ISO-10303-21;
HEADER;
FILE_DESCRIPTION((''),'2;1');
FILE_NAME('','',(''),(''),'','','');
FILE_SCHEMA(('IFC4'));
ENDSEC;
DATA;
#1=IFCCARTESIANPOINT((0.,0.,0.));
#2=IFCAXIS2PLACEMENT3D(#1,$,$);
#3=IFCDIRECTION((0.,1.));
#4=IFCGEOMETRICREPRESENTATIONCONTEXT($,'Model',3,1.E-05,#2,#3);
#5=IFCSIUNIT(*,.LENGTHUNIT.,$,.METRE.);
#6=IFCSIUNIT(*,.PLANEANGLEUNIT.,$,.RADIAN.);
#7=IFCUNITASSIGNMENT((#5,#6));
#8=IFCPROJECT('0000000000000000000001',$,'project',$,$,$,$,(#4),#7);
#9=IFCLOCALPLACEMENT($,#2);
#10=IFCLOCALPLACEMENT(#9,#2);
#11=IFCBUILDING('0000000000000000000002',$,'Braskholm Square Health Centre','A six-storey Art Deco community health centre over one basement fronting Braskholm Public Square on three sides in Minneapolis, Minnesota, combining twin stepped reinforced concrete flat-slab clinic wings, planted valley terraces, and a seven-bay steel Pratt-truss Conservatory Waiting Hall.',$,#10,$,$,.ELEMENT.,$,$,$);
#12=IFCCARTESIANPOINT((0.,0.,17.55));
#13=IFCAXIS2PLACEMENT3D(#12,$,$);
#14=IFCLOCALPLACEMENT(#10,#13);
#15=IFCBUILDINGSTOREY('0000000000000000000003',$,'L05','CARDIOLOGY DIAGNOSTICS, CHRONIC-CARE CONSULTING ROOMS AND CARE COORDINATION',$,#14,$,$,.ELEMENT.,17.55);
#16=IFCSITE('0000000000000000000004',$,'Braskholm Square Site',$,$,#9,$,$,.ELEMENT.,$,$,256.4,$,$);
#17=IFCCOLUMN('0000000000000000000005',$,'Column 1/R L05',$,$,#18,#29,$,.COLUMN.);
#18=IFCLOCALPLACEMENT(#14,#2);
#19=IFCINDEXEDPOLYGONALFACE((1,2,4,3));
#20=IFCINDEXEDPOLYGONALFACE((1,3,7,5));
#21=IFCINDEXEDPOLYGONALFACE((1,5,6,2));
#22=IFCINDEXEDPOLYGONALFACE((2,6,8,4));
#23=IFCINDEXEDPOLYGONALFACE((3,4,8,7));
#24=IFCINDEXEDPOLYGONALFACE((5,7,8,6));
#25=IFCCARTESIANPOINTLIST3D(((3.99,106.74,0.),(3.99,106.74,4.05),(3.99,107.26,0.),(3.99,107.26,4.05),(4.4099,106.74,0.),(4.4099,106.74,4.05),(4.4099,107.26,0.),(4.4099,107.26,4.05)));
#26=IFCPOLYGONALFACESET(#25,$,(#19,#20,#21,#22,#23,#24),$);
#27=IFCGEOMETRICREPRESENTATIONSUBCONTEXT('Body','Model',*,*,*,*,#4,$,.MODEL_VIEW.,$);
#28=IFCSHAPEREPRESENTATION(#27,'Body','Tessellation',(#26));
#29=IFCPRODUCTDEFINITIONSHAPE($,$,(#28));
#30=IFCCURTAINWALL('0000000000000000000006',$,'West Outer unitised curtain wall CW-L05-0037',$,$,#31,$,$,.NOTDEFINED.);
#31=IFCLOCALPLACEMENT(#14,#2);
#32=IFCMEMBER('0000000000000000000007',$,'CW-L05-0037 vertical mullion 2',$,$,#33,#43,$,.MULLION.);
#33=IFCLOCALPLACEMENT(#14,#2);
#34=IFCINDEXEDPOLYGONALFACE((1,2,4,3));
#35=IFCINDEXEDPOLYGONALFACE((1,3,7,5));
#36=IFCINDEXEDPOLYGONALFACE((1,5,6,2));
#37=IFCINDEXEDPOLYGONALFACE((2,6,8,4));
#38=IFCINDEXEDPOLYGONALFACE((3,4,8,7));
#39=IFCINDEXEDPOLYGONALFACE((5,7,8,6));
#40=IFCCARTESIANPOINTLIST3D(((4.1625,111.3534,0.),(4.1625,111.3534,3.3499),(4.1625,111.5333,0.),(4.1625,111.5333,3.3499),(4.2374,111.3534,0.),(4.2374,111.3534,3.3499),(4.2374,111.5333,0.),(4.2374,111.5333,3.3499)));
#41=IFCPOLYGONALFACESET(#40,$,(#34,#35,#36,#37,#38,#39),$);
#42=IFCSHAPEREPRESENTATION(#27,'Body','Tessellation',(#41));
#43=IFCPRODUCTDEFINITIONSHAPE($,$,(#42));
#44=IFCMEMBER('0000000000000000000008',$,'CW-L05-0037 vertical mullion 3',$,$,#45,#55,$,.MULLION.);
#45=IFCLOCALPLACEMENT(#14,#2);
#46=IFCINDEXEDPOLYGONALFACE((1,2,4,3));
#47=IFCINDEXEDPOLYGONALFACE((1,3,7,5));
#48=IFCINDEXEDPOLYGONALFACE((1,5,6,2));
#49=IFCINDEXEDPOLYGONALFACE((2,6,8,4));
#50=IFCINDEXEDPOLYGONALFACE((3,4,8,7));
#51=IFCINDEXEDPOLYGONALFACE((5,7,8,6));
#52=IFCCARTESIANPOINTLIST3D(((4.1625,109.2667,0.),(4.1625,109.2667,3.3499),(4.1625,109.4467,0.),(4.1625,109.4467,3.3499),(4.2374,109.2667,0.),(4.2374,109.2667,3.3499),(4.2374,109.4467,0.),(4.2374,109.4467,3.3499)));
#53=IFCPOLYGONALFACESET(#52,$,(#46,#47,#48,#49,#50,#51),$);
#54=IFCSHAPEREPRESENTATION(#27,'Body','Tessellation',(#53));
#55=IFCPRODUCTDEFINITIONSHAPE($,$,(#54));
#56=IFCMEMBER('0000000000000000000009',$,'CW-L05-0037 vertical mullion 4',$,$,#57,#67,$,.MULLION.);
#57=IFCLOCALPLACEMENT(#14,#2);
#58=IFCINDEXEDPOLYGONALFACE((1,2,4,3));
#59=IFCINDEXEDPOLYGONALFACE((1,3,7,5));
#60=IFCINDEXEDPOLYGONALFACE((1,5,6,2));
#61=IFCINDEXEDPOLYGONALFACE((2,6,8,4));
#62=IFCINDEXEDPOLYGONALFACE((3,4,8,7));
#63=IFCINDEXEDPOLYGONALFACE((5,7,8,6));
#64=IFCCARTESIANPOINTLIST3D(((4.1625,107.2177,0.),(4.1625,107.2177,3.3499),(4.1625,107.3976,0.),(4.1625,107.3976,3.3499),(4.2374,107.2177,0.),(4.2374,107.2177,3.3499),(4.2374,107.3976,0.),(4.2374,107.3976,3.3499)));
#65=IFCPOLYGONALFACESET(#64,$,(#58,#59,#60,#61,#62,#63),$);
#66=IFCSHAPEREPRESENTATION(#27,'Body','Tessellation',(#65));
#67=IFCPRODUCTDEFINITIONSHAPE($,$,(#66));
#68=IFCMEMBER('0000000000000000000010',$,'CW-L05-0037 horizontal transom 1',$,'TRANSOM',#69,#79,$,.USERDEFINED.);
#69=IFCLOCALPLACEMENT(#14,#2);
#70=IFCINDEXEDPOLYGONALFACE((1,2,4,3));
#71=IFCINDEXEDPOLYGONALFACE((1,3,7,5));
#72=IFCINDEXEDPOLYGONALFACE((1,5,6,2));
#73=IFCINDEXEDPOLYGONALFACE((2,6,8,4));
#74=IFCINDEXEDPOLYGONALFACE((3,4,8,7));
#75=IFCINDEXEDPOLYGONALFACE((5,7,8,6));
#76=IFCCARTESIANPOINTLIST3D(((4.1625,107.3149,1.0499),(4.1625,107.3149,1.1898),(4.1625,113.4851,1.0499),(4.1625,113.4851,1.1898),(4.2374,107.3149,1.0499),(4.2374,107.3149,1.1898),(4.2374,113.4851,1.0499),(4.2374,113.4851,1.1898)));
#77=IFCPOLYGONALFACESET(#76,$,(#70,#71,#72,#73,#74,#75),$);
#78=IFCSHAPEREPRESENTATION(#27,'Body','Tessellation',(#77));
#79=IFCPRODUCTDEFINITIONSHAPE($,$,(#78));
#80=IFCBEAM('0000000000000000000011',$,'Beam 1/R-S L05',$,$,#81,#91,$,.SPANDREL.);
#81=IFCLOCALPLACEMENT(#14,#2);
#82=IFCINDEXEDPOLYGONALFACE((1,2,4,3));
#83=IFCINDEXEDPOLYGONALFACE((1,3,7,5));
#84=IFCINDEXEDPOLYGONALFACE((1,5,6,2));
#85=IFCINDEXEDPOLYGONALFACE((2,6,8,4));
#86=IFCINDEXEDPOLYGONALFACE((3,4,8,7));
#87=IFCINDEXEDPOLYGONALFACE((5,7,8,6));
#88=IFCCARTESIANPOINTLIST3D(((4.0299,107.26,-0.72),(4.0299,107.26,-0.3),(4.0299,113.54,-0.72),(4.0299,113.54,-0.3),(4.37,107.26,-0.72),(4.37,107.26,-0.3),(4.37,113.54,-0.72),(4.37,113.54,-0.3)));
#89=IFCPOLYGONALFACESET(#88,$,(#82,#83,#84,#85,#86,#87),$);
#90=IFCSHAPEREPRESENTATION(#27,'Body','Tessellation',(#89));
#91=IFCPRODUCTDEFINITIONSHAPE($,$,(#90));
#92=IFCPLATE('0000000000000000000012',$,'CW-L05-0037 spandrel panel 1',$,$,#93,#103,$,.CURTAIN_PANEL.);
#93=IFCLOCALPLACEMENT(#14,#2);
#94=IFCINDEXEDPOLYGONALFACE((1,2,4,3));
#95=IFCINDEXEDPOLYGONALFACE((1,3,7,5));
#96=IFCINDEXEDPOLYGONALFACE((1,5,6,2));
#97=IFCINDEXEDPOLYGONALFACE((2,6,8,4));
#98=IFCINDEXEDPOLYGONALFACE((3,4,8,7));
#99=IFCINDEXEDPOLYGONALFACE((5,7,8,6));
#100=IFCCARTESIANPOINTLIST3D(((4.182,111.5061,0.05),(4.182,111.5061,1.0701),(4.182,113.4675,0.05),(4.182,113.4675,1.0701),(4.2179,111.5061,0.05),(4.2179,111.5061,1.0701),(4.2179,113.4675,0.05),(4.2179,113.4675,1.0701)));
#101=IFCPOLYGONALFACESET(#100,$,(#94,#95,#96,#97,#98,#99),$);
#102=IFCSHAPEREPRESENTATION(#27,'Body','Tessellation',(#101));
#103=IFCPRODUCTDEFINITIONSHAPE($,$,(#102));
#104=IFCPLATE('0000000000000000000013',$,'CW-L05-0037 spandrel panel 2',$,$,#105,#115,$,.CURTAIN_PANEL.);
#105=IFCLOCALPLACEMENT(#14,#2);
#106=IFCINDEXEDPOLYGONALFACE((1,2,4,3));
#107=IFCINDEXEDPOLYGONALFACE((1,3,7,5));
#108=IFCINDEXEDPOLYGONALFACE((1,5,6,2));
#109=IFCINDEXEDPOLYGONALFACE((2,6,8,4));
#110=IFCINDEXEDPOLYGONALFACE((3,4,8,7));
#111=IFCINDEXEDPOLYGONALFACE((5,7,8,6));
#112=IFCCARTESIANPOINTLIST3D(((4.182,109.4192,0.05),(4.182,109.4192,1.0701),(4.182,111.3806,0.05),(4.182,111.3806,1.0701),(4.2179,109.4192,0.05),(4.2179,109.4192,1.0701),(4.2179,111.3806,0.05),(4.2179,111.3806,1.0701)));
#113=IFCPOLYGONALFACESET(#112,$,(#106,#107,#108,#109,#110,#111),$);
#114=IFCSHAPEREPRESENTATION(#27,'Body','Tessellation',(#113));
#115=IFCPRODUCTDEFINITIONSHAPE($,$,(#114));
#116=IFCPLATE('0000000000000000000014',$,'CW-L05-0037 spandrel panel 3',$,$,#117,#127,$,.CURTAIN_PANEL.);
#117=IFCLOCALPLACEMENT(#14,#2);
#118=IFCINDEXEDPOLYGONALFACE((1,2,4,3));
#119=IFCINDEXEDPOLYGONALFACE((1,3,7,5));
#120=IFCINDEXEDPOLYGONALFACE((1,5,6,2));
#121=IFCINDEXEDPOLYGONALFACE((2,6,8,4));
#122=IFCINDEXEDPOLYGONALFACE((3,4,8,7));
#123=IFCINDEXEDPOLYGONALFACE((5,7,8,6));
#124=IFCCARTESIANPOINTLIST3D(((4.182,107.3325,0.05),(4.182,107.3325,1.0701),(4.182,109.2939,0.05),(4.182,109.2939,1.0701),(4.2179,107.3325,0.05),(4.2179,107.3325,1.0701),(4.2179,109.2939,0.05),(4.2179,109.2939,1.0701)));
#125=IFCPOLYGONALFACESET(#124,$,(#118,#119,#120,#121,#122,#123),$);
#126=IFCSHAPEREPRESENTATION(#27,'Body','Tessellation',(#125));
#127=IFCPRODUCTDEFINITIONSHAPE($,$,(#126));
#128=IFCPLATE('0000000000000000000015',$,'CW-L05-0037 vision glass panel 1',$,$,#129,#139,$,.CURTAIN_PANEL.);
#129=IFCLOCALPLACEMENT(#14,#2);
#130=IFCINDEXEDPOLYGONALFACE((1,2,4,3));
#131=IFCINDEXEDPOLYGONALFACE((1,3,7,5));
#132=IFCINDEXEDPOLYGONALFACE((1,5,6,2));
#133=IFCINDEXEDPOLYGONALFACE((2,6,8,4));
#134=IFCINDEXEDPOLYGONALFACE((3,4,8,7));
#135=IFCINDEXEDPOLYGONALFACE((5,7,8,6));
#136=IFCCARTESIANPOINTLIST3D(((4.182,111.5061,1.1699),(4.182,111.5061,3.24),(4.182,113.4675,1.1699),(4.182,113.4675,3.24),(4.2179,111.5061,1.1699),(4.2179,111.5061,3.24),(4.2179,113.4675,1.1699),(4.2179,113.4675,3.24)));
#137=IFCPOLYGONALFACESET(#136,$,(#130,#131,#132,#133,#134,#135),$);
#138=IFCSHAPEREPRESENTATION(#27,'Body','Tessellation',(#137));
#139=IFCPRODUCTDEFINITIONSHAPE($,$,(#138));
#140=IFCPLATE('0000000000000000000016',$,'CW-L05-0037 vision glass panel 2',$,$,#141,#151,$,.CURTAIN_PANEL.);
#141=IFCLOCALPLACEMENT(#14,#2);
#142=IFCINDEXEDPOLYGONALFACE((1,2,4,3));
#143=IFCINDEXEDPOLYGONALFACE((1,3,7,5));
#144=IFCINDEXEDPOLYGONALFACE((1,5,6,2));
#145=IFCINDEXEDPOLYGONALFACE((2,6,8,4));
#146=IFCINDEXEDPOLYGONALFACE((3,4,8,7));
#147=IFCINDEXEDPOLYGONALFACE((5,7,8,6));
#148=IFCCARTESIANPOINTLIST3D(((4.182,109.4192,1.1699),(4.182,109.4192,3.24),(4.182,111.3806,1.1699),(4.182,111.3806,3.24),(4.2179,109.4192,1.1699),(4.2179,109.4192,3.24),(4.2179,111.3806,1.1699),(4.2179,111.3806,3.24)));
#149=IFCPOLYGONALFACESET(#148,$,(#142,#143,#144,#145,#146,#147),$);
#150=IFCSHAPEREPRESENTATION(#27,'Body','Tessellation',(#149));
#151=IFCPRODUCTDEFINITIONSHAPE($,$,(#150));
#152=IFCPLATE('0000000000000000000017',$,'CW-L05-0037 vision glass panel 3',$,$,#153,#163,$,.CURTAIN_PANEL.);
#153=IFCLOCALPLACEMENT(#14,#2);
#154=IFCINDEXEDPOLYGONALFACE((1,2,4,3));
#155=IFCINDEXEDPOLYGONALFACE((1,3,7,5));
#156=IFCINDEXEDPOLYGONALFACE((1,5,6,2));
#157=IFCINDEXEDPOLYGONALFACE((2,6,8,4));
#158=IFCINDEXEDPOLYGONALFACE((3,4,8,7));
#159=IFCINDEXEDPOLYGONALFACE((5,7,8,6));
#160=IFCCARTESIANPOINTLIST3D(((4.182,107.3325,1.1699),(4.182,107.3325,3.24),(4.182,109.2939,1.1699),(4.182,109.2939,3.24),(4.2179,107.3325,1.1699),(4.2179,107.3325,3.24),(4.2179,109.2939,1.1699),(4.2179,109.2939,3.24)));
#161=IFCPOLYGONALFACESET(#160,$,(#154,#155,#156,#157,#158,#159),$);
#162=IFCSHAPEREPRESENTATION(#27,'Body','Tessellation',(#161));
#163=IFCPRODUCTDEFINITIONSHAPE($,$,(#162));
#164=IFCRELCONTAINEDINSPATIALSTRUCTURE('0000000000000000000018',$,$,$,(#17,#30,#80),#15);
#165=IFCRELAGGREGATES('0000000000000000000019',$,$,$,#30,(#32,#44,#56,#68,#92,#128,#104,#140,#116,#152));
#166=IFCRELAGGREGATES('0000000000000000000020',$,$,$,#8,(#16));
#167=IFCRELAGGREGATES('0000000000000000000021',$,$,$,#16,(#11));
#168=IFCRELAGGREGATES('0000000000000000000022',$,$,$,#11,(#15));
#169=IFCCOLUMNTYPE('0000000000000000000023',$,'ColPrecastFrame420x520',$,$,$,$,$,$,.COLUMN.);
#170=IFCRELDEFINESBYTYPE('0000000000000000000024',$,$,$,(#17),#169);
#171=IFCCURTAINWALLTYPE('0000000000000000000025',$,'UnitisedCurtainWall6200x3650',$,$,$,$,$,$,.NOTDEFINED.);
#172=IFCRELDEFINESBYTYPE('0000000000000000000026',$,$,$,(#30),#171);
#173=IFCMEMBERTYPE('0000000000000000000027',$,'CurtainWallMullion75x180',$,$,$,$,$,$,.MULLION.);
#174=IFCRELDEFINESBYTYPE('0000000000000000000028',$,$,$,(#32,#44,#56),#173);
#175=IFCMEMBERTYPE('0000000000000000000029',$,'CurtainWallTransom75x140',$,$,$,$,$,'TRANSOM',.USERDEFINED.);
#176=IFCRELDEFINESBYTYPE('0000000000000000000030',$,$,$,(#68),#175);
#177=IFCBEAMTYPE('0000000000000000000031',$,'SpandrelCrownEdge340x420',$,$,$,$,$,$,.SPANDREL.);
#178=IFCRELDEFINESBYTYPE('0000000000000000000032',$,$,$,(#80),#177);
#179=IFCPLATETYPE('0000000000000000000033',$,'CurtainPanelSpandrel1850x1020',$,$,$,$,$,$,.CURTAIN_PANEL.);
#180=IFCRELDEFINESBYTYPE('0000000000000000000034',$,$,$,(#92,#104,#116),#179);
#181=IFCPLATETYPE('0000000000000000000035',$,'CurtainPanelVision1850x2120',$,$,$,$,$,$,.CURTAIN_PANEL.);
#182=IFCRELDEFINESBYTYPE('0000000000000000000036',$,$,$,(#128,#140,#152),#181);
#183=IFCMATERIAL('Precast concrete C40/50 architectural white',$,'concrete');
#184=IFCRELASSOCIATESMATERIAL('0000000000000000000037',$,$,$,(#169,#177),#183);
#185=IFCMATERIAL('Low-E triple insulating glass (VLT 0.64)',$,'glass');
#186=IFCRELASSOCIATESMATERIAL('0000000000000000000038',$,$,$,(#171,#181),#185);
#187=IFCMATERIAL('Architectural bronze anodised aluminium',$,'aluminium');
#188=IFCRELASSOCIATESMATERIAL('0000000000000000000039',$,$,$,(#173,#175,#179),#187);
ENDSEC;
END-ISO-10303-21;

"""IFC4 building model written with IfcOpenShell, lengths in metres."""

from ifc_helpers import new_model, si_unit, direction, frame, origin, origin_2d, place, context, subcontext, project, spatial, rectangle, extrude, material, material_profile, profile_set, type_object, element, aggregate, save


model = new_model("IFC4")

# Units and contexts
model_context = context("Model", 3, precision=1e-05, world=origin(), true_north=direction((0.0, 1.0)))
body_context = subcontext(model_context, "Body", "Model", "MODEL_VIEW")
ifc_project = project(units=[si_unit("LENGTHUNIT", "METRE"), si_unit("PLANEANGLEUNIT", "RADIAN")], contexts=[model_context])

# Site, building, storey
site_placement = place(None, origin())
site = spatial("IfcSite", under=ifc_project, at=site_placement, Name="Braskholm Square Site", CompositionType="ELEMENT", RefElevation=256.4)
building_placement = place(site_placement, origin())
building = spatial("IfcBuilding", under=site, at=building_placement, Name="Braskholm Square Health Centre", Description="A six-storey Art Deco community health centre over one basement fronting Braskholm Public Square on three sides in Minneapolis, Minnesota, combining twin stepped reinforced concrete flat-slab clinic wings, planted valley terraces, and a seven-bay steel Pratt-truss Conservatory Waiting Hall.", CompositionType="ELEMENT")
storey_placement = place(building_placement, frame((0.0, 0.0, 17.55)))
storey = spatial("IfcBuildingStorey", under=building, at=storey_placement, Name="L05", Description="CARDIOLOGY DIAGNOSTICS, CHRONIC-CARE CONSULTING ROOMS AND CARE COORDINATION", CompositionType="ELEMENT", Elevation=17.55)

# Column
ifc_material_1 = material(Name="Precast concrete C40/50 architectural white", Category="concrete")
ifc_material_profile_1 = material_profile(ifc_material_1, rectangle(XDim=0.4199, YDim=0.52, at=origin_2d()), Name="RC-420X520")
ifc_profile_set_1 = profile_set([ifc_material_profile_1], Name="Precast concrete C40/50 architectural white")
column_type = type_object("IfcColumnType", Name="ColPrecastFrame420x520", PredefinedType="COLUMN", material=ifc_profile_set_1)
column_placement = place(storey_placement, frame((4.2, 107.0, 0.0), z_axis=(0.0, 0.0, 1.0), x_axis=(1.0, 0.0, 0.0)))
element("IfcColumn", 1, at=column_placement, inside=storey, type_object=column_type, Name="Column 1/R L05", PredefinedType="COLUMN", context=body_context, shape_type="SweptSolid", body=[
    extrude(rectangle(XDim=0.4199, YDim=0.52, at=origin_2d()), origin(), (0.0, 0.0, 1.0), 4.05),
])

# Curtain wall, members
ifc_material_2 = material(Name="Low-E triple insulating glass (VLT 0.64)", Category="glass")
curtain_wall_type = type_object("IfcCurtainWallType", Name="UnitisedCurtainWall6200x3650", PredefinedType="NOTDEFINED", material=ifc_material_2)
curtain_wall_placement = place(storey_placement, origin())
curtain_wall = element("IfcCurtainWall", 2, at=curtain_wall_placement, inside=storey, type_object=curtain_wall_type, Name="West Outer unitised curtain wall CW-L05-0037", PredefinedType="NOTDEFINED")
ifc_material_3 = material(Name="Architectural bronze anodised aluminium", Category="aluminium")
ifc_material_profile_2 = material_profile(ifc_material_3, rectangle(XDim=0.075, YDim=0.1799, at=origin_2d()), Name="ALU-75X180")
ifc_profile_set_2 = profile_set([ifc_material_profile_2], Name="Architectural bronze anodised aluminium")
member_type_1 = type_object("IfcMemberType", Name="CurtainWallMullion75x180", PredefinedType="MULLION", material=ifc_profile_set_2)
member_1_placement = place(storey_placement, frame((4.2, 111.4434, 0.0), z_axis=(0.0, 0.0, 1.0), x_axis=(1.0, 0.0, 0.0)))
member_1 = element("IfcMember", 3, at=member_1_placement, type_object=member_type_1, Name="CW-L05-0037 vertical mullion 2", PredefinedType="MULLION", context=body_context, shape_type="SweptSolid", body=[
    extrude(rectangle(XDim=0.075, YDim=0.1799, at=origin_2d()), origin(), (0.0, 0.0, 1.0), 3.3499),
])
member_2_placement = place(storey_placement, frame((4.2, 109.3567, 0.0), z_axis=(0.0, 0.0, 1.0), x_axis=(1.0, 0.0, 0.0)))
member_2 = element("IfcMember", 4, at=member_2_placement, type_object=member_type_1, Name="CW-L05-0037 vertical mullion 3", PredefinedType="MULLION", context=body_context, shape_type="SweptSolid", body=[
    extrude(rectangle(XDim=0.075, YDim=0.1799, at=origin_2d()), origin(), (0.0, 0.0, 1.0), 3.3499),
])
member_3_placement = place(storey_placement, frame((4.2, 107.3076, 0.0), z_axis=(0.0, 0.0, 1.0), x_axis=(1.0, 0.0, 0.0)))
member_3 = element("IfcMember", 5, at=member_3_placement, type_object=member_type_1, Name="CW-L05-0037 vertical mullion 4", PredefinedType="MULLION", context=body_context, shape_type="SweptSolid", body=[
    extrude(rectangle(XDim=0.075, YDim=0.1799, at=origin_2d()), origin(), (0.0, 0.0, 1.0), 3.3499),
])
ifc_material_profile_3 = material_profile(ifc_material_3, rectangle(XDim=0.075, YDim=0.1399, at=origin_2d()), Name="ALU-75X140")
ifc_profile_set_3 = profile_set([ifc_material_profile_3], Name="Architectural bronze anodised aluminium")
member_type_2 = type_object("IfcMemberType", Name="CurtainWallTransom75x140", ElementType="TRANSOM", PredefinedType="USERDEFINED", material=ifc_profile_set_3)
member_4_placement = place(storey_placement, frame((4.2, 113.4851, 1.1199), z_axis=(0.0, -1.0, 0.0), x_axis=(1.0, 0.0, 0.0)))
member_4 = element("IfcMember", 6, at=member_4_placement, type_object=member_type_2, Name="CW-L05-0037 horizontal transom 1", ObjectType="TRANSOM", PredefinedType="USERDEFINED", context=body_context, shape_type="SweptSolid", body=[
    extrude(rectangle(XDim=0.075, YDim=0.1399, at=origin_2d()), origin(), (0.0, 0.0, 1.0), 6.1702),
])

# Beam
ifc_material_profile_4 = material_profile(ifc_material_1, rectangle(XDim=0.3401, YDim=0.4199, at=origin_2d()), Name="RCB-340X420")
ifc_profile_set_4 = profile_set([ifc_material_profile_4], Name="Precast concrete C40/50 architectural white")
beam_type = type_object("IfcBeamType", Name="SpandrelCrownEdge340x420", PredefinedType="SPANDREL", material=ifc_profile_set_4)
beam_placement = place(storey_placement, frame((4.2, 107.26, -0.51), z_axis=(0.0, 1.0, 0.0), x_axis=(-1.0, 0.0, 0.0)))
element("IfcBeam", 7, at=beam_placement, inside=storey, type_object=beam_type, Name="Beam 1/R-S L05", PredefinedType="SPANDREL", context=body_context, shape_type="SweptSolid", body=[
    extrude(rectangle(XDim=0.3401, YDim=0.4199, at=origin_2d()), origin(), (0.0, 0.0, 1.0), 6.28),
])

# Plates
plate_type_1 = type_object("IfcPlateType", Name="CurtainPanelSpandrel1850x1020", PredefinedType="CURTAIN_PANEL", material=ifc_material_3)
plate_1_placement = place(storey_placement, frame((4.2, 112.4868, 0.05), z_axis=(0.0, 0.0, 1.0), x_axis=(0.0, -1.0, 0.0)))
plate_1 = element("IfcPlate", 8, at=plate_1_placement, type_object=plate_type_1, Name="CW-L05-0037 spandrel panel 1", PredefinedType="CURTAIN_PANEL", context=body_context, shape_type="SweptSolid", body=[
    extrude(rectangle(XDim=1.9614, YDim=0.0359, at=origin_2d()), origin(), (0.0, 0.0, 1.0), 1.02),
])
plate_2_placement = place(storey_placement, frame((4.2, 110.3999, 0.05), z_axis=(0.0, 0.0, 1.0), x_axis=(0.0, -1.0, 0.0)))
plate_2 = element("IfcPlate", 9, at=plate_2_placement, type_object=plate_type_1, Name="CW-L05-0037 spandrel panel 2", PredefinedType="CURTAIN_PANEL", context=body_context, shape_type="SweptSolid", body=[
    extrude(rectangle(XDim=1.9614, YDim=0.0359, at=origin_2d()), origin(), (0.0, 0.0, 1.0), 1.02),
])
plate_3_placement = place(storey_placement, frame((4.2, 108.3132, 0.05), z_axis=(0.0, 0.0, 1.0), x_axis=(0.0, -1.0, 0.0)))
plate_3 = element("IfcPlate", 10, at=plate_3_placement, type_object=plate_type_1, Name="CW-L05-0037 spandrel panel 3", PredefinedType="CURTAIN_PANEL", context=body_context, shape_type="SweptSolid", body=[
    extrude(rectangle(XDim=1.9614, YDim=0.0359, at=origin_2d()), origin(), (0.0, 0.0, 1.0), 1.02),
])
plate_type_2 = type_object("IfcPlateType", Name="CurtainPanelVision1850x2120", PredefinedType="CURTAIN_PANEL", material=ifc_material_2)
plate_4_placement = place(storey_placement, frame((4.2, 112.4868, 1.1699), z_axis=(0.0, 0.0, 1.0), x_axis=(0.0, -1.0, 0.0)))
plate_4 = element("IfcPlate", 11, at=plate_4_placement, type_object=plate_type_2, Name="CW-L05-0037 vision glass panel 1", PredefinedType="CURTAIN_PANEL", context=body_context, shape_type="SweptSolid", body=[
    extrude(rectangle(XDim=1.9614, YDim=0.0359, at=origin_2d()), origin(), (0.0, 0.0, 1.0), 2.0701),
])
plate_5_placement = place(storey_placement, frame((4.2, 110.3999, 1.1699), z_axis=(0.0, 0.0, 1.0), x_axis=(0.0, -1.0, 0.0)))
plate_5 = element("IfcPlate", 12, at=plate_5_placement, type_object=plate_type_2, Name="CW-L05-0037 vision glass panel 2", PredefinedType="CURTAIN_PANEL", context=body_context, shape_type="SweptSolid", body=[
    extrude(rectangle(XDim=1.9614, YDim=0.0359, at=origin_2d()), origin(), (0.0, 0.0, 1.0), 2.0701),
])
plate_6_placement = place(storey_placement, frame((4.2, 108.3132, 1.1699), z_axis=(0.0, 0.0, 1.0), x_axis=(0.0, -1.0, 0.0)))
plate_6 = element("IfcPlate", 13, at=plate_6_placement, type_object=plate_type_2, Name="CW-L05-0037 vision glass panel 3", PredefinedType="CURTAIN_PANEL", context=body_context, shape_type="SweptSolid", body=[
    extrude(rectangle(XDim=1.9614, YDim=0.0359, at=origin_2d()), origin(), (0.0, 0.0, 1.0), 2.0701),
])
aggregate(curtain_wall, [member_1, member_2, member_3, member_4, plate_1, plate_4, plate_2, plate_5, plate_3, plate_6])

save(model, "model.ifc")
